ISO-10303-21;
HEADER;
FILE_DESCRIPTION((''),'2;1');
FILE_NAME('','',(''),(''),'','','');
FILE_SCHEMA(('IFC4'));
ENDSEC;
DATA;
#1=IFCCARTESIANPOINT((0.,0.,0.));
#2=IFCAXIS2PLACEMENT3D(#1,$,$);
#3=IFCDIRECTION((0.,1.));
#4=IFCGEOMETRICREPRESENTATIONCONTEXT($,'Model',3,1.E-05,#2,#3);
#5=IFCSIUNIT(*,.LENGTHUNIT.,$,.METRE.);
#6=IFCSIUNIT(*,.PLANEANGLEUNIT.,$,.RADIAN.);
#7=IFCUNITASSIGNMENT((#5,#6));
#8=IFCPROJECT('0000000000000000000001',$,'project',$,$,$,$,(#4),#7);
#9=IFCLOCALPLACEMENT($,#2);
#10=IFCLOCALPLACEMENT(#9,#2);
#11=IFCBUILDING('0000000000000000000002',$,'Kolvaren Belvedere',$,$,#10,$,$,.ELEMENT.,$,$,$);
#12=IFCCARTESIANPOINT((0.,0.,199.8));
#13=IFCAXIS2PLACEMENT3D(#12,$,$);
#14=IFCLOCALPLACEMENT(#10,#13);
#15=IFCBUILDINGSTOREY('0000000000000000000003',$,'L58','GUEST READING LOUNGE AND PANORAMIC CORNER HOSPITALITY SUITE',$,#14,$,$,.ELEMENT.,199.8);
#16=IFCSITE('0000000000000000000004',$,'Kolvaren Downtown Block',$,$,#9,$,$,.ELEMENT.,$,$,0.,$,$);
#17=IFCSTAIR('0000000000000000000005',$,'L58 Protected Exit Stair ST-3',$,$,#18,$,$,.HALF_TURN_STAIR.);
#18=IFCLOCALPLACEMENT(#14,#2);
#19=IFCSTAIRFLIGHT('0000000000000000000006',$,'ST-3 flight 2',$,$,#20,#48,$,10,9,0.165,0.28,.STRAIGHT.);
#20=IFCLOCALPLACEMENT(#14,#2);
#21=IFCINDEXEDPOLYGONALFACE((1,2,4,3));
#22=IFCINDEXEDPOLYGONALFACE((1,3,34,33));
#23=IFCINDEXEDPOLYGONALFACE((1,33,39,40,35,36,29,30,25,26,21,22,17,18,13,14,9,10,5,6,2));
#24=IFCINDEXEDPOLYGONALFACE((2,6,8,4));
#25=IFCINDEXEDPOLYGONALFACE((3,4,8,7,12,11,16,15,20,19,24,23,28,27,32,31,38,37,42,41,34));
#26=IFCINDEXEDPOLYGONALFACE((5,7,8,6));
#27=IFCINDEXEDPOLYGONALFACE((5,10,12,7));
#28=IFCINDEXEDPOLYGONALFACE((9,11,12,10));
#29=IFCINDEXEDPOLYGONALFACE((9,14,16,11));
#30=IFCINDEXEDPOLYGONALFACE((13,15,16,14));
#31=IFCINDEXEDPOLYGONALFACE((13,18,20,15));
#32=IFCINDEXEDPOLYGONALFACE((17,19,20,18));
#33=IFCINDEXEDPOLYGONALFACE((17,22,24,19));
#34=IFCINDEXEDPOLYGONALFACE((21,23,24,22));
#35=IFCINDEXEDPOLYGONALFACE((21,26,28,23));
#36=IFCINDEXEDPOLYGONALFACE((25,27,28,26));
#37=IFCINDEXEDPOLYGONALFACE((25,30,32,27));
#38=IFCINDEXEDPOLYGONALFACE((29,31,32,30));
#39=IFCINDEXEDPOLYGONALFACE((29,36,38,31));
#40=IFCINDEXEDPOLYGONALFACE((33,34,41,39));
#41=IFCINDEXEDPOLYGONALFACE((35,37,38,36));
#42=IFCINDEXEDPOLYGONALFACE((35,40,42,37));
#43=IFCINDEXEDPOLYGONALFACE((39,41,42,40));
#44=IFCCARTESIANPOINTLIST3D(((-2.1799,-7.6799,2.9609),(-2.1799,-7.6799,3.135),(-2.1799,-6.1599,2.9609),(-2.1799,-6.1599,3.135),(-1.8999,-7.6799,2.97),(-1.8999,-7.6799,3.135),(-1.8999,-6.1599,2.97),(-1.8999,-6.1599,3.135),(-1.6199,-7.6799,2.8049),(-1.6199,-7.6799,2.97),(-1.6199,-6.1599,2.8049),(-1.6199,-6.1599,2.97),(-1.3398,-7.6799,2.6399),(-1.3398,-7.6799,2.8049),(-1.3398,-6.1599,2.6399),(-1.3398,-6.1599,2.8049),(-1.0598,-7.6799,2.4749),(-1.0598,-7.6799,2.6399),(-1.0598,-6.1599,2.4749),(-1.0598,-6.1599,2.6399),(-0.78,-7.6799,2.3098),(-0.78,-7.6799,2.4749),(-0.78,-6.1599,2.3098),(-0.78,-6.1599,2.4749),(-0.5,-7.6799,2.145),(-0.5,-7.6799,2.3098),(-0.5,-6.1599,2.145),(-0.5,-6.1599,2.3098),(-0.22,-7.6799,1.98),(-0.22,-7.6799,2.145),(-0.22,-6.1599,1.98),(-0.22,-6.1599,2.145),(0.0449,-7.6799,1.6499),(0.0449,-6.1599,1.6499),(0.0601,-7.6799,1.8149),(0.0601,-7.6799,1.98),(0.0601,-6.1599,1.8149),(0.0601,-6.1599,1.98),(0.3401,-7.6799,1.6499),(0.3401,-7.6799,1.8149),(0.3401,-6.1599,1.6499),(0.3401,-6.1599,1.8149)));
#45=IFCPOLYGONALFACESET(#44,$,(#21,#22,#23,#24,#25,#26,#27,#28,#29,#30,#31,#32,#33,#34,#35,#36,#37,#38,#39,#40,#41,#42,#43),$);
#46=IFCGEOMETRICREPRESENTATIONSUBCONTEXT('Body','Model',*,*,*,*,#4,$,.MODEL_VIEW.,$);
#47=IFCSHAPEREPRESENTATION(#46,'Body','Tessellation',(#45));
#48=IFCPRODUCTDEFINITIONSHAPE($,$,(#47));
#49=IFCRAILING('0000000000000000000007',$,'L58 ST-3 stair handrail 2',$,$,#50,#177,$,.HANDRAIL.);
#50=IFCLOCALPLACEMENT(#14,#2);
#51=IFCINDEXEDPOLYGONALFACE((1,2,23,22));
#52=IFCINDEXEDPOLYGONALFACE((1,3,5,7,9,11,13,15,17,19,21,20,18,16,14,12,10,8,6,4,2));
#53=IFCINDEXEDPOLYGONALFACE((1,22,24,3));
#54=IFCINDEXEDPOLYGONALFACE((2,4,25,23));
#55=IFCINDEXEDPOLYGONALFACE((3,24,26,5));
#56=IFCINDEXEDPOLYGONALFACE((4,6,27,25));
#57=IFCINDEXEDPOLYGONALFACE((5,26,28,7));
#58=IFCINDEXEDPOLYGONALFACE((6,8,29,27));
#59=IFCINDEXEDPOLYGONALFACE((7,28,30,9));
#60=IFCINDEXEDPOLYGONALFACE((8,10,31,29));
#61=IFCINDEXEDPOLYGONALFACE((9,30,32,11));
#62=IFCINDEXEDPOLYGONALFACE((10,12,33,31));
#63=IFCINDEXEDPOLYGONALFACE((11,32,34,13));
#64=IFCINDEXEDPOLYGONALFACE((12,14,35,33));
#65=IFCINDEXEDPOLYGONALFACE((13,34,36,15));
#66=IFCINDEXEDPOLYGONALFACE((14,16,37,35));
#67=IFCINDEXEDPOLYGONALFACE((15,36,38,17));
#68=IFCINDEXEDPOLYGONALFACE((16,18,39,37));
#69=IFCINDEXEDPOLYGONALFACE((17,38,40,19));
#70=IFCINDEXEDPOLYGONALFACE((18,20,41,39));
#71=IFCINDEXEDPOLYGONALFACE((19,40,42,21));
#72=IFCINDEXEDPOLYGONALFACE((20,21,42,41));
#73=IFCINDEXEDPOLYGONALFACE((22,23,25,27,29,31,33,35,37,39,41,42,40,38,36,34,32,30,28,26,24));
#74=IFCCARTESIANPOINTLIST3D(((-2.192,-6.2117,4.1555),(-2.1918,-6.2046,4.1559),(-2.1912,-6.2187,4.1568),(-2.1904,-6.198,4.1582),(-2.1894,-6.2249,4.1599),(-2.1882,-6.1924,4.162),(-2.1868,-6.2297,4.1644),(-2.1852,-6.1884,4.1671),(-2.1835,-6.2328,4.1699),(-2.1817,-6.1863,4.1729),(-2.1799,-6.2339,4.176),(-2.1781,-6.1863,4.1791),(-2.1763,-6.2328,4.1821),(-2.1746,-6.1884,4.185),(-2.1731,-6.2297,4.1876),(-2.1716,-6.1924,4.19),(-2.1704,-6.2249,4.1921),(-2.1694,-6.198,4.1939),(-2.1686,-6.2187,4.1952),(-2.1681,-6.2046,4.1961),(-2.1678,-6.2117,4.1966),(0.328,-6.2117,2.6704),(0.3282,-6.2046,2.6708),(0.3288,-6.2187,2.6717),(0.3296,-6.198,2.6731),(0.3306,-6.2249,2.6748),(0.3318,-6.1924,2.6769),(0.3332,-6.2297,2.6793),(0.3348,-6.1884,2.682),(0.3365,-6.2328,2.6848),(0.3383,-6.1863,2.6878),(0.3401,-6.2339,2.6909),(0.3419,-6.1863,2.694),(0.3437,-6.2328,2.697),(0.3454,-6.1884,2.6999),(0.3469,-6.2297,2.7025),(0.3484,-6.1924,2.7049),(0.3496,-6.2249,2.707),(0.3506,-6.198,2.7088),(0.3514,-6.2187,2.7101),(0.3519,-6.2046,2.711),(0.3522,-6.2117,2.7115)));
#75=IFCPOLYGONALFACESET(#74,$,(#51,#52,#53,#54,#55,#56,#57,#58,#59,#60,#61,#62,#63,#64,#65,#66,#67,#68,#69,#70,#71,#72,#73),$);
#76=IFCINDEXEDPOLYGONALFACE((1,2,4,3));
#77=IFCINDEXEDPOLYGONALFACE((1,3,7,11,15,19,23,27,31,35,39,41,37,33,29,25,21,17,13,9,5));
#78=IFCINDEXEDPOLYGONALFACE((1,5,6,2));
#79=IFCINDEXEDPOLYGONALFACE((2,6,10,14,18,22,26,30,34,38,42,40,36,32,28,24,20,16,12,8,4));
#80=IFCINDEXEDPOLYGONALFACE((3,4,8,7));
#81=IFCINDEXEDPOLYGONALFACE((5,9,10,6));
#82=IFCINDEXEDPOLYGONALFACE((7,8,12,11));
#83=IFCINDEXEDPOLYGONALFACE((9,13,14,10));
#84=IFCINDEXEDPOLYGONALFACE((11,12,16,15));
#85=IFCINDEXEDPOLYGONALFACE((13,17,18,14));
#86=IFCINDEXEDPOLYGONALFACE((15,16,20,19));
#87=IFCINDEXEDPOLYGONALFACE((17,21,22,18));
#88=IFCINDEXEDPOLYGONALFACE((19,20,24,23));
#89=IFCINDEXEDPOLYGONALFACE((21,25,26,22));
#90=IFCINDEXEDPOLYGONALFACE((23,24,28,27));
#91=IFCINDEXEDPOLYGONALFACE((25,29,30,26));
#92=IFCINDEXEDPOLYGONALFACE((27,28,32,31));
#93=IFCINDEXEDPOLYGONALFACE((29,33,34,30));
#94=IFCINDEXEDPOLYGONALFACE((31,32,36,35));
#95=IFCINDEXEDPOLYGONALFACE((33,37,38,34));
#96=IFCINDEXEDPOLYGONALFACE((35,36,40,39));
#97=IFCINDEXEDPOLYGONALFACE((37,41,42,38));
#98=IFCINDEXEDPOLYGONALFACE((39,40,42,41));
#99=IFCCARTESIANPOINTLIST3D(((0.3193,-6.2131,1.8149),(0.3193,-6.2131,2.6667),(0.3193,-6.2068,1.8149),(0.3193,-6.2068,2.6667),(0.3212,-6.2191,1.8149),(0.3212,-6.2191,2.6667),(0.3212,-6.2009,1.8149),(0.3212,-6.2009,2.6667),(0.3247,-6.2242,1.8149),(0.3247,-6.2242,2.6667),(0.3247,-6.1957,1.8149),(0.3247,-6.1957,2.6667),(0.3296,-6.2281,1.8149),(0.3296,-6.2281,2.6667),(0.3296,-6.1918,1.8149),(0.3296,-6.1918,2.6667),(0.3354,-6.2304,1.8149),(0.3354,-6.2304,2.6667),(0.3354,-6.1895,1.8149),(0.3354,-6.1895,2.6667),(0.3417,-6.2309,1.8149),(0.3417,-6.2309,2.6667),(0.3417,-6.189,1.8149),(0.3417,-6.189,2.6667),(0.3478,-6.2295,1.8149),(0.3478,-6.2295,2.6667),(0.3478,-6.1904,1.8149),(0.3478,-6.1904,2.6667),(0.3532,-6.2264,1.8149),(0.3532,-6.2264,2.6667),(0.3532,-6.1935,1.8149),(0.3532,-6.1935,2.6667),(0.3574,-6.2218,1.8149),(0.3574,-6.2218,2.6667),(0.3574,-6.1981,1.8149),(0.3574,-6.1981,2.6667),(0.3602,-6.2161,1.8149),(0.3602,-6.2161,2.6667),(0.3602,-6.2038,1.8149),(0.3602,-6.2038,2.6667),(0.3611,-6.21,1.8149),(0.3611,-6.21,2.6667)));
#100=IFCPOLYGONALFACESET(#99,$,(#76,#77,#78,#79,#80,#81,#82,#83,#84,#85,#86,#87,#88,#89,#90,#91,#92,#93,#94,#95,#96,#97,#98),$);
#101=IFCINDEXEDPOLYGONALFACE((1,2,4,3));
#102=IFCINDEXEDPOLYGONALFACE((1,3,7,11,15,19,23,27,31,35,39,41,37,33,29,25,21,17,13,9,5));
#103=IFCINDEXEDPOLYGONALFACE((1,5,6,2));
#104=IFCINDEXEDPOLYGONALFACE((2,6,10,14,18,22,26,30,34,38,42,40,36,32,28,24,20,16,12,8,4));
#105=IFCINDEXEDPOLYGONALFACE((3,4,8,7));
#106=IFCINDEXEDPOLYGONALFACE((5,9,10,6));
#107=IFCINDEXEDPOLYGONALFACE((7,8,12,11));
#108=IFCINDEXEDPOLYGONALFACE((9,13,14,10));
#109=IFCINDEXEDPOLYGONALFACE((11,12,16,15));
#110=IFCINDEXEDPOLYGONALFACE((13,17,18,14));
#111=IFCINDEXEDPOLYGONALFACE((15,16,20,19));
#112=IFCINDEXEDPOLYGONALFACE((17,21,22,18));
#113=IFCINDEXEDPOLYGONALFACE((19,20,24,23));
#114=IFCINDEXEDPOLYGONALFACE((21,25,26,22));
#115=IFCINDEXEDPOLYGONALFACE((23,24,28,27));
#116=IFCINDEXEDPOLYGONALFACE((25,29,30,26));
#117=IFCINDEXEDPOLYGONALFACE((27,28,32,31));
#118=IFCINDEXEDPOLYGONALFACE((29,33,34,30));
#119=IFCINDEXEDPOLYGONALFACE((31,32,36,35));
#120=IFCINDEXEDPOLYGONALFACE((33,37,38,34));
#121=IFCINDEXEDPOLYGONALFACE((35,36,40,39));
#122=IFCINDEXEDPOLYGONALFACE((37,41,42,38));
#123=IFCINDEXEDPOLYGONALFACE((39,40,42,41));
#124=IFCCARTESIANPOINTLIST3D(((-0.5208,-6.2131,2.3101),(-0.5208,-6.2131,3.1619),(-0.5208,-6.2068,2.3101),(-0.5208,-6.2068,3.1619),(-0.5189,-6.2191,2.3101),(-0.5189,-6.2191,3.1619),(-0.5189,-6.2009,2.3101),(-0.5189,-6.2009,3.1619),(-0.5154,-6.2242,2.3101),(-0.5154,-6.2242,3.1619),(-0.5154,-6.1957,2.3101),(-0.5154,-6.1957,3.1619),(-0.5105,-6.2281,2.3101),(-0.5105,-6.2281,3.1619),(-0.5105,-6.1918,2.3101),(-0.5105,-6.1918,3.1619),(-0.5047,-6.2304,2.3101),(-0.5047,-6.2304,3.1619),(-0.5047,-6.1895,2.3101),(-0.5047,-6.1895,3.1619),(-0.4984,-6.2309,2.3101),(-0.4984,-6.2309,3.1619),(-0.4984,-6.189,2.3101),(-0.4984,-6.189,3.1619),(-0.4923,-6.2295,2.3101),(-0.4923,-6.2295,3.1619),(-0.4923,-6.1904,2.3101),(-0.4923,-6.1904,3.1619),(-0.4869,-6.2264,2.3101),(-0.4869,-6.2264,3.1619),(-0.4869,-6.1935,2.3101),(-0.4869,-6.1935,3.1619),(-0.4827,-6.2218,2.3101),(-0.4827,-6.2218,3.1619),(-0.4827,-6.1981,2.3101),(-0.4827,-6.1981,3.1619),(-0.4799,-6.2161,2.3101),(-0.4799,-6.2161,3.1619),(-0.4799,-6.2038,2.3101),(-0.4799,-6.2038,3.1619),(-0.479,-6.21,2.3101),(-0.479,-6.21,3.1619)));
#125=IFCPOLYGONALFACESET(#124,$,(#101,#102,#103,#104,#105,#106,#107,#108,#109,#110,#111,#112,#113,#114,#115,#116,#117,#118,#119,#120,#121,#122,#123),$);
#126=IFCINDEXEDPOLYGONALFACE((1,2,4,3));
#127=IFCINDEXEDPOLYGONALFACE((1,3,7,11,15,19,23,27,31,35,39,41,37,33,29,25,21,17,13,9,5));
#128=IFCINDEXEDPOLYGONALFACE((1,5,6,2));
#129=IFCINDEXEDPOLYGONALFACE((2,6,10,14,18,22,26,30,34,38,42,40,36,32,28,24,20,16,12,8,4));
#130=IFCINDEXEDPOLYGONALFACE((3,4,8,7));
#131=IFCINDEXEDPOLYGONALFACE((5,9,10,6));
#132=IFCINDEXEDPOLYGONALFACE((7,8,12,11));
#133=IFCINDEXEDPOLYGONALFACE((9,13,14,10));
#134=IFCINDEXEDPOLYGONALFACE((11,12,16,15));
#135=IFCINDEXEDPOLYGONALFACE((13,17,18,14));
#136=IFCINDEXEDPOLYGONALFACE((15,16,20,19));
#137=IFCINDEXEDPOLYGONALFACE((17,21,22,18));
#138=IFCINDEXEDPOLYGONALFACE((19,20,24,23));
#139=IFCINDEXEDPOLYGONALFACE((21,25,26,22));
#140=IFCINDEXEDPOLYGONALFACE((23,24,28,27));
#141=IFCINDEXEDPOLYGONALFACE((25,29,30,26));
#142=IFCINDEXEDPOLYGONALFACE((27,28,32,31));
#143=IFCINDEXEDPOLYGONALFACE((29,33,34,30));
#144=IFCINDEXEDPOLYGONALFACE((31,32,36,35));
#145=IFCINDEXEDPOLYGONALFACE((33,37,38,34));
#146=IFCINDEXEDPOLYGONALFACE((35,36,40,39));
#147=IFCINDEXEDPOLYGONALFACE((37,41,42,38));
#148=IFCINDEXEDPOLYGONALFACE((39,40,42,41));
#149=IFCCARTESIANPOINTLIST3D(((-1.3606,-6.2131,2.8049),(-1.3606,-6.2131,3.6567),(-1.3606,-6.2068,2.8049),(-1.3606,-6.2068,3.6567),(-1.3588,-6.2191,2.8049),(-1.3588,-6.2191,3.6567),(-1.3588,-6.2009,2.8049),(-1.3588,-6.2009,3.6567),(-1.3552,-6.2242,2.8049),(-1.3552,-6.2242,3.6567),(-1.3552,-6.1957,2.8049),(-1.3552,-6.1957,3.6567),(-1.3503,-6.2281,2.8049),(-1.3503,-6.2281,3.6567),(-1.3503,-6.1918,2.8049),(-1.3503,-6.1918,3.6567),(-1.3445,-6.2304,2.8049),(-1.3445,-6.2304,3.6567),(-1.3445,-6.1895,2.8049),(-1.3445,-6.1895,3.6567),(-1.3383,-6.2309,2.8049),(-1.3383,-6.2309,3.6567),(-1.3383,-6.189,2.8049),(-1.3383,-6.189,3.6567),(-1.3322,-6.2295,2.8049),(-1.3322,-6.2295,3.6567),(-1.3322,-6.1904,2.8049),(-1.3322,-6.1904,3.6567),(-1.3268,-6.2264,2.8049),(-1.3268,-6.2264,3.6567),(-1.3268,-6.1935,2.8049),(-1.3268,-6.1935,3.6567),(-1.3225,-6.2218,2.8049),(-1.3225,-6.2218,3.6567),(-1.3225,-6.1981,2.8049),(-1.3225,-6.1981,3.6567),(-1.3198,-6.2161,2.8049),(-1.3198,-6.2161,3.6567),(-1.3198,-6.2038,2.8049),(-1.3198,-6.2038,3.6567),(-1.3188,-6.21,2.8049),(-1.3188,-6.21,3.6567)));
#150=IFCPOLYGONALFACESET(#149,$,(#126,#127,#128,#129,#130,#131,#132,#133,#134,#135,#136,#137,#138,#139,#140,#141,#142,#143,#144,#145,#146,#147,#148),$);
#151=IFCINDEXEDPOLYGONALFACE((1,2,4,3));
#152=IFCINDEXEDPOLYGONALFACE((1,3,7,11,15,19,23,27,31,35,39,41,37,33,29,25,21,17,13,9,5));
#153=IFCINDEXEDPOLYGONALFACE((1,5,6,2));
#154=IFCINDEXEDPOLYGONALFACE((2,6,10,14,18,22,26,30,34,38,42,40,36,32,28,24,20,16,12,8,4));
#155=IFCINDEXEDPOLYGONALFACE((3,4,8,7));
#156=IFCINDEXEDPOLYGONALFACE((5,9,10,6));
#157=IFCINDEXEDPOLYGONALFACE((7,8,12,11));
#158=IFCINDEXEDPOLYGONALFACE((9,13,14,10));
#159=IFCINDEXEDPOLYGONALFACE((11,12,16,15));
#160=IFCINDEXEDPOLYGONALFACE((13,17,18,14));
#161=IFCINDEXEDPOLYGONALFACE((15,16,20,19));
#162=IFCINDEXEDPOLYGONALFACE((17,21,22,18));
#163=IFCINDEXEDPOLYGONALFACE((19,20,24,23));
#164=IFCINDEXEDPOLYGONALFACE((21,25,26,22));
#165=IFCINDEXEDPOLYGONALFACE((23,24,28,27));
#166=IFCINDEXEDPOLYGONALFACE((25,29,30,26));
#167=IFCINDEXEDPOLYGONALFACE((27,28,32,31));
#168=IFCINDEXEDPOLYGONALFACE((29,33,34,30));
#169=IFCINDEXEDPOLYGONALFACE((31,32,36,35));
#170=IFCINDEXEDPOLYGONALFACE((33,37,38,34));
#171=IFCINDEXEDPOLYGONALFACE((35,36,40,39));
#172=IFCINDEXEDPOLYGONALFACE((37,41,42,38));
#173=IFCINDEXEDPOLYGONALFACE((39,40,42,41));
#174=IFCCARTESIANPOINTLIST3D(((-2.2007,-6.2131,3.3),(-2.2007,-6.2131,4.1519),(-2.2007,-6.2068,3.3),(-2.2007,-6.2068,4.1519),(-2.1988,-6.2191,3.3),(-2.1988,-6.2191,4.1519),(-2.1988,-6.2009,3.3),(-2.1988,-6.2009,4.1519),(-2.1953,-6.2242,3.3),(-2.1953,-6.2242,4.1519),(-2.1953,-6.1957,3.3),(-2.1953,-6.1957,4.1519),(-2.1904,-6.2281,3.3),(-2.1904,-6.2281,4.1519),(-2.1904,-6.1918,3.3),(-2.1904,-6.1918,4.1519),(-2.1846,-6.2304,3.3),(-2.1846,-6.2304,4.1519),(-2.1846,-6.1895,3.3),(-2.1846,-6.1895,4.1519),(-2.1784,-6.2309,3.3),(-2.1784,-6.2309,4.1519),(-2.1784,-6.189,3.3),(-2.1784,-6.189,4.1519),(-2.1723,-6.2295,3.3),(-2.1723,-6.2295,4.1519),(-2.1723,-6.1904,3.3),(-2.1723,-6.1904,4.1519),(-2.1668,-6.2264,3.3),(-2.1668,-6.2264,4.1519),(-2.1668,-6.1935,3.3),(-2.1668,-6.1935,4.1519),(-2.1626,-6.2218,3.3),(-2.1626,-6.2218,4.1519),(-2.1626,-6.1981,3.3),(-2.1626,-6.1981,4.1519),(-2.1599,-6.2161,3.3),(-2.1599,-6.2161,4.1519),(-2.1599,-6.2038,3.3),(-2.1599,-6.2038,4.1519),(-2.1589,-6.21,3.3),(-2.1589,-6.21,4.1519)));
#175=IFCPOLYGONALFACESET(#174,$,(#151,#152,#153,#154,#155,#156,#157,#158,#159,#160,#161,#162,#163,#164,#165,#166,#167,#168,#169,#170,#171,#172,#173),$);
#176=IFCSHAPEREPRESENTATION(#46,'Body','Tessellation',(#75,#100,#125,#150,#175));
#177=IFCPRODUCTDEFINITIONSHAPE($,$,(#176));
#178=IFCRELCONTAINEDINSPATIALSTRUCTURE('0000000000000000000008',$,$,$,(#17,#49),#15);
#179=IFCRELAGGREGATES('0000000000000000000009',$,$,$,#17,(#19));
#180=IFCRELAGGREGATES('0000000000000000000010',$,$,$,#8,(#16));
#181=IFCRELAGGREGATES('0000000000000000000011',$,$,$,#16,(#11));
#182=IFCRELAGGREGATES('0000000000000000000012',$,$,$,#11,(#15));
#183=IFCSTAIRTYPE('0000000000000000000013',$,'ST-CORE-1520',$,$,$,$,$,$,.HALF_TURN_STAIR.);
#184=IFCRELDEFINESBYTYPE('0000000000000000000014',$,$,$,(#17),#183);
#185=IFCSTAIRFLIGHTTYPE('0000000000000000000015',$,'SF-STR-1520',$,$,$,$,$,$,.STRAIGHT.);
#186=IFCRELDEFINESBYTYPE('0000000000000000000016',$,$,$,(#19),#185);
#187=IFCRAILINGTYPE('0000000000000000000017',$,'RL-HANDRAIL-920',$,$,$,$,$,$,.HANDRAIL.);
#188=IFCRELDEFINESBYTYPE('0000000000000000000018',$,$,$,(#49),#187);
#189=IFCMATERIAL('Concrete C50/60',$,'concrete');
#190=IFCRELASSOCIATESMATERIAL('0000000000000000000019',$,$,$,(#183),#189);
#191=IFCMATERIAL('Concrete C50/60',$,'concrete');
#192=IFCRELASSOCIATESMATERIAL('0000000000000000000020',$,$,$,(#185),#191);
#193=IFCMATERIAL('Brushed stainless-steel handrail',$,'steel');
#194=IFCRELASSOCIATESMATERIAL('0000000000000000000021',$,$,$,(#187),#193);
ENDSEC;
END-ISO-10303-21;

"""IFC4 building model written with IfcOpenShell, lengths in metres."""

from ifc_helpers import new_model, si_unit, direction, frame, origin, origin_2d, place, context, subcontext, project, spatial, polyline, circle, outline, extrude, material, type_object, element, aggregate, save


model = new_model("IFC4")

# Units and contexts
model_context = context("Model", 3, precision=1e-05, world=origin(), true_north=direction((0.0, 1.0)))
body_context = subcontext(model_context, "Body", "Model", "MODEL_VIEW")
ifc_project = project(units=[si_unit("LENGTHUNIT", "METRE"), si_unit("PLANEANGLEUNIT", "RADIAN")], contexts=[model_context])

# Site, building, storey
site_placement = place(None, origin())
site = spatial("IfcSite", under=ifc_project, at=site_placement, Name="Kolvaren Downtown Block", CompositionType="ELEMENT", RefElevation=0.0)
building_placement = place(site_placement, origin())
building = spatial("IfcBuilding", under=site, at=building_placement, Name="Kolvaren Belvedere", CompositionType="ELEMENT")
storey_placement = place(building_placement, frame((0.0, 0.0, 199.8)))
storey = spatial("IfcBuildingStorey", under=building, at=storey_placement, Name="L58", Description="GUEST READING LOUNGE AND PANORAMIC CORNER HOSPITALITY SUITE", CompositionType="ELEMENT", Elevation=199.8)

# Stair, stair flight
ifc_material_1 = material(Name="Concrete C50/60", Category="concrete")
stair_type = type_object("IfcStairType", Name="ST-CORE-1520", PredefinedType="HALF_TURN_STAIR", material=ifc_material_1)
stair_placement = place(storey_placement, origin())
stair = element("IfcStair", 1, at=stair_placement, inside=storey, type_object=stair_type, Name="L58 Protected Exit Stair ST-3", PredefinedType="HALF_TURN_STAIR")
ifc_material_2 = material(Name="Concrete C50/60", Category="concrete")
stair_flight_type = type_object("IfcStairFlightType", Name="SF-STR-1520", PredefinedType="STRAIGHT", material=ifc_material_2)
stair_flight_placement = place(storey_placement, frame((0.3401, -6.9199, 1.6499), z_axis=(0.0, 0.0, 1.0), x_axis=(-1.0, 0.0, 0.0)))
stair_flight = element("IfcStairFlight", 2, at=stair_flight_placement, type_object=stair_flight_type, Name="ST-3 flight 2", NumberOfRisers=10, NumberOfTreads=9, PredefinedType="STRAIGHT", RiserHeight=0.165, TreadLength=0.28, context=body_context, shape_type="SweptSolid", body=[
    extrude(outline(polyline([(0.0, 0.0), (0.0, 0.165), (0.28, 0.165), (0.28, 0.3301), (0.5601, 0.3301), (0.5601, 0.4951), (0.8401, 0.4951), (0.8401, 0.6599), (1.1201, 0.6599), (1.1201, 0.825), (1.3999, 0.825), (1.3999, 0.99), (1.6799, 0.99), (1.6799, 1.155), (1.96, 1.155), (1.96, 1.3201), (2.24, 1.3201), (2.24, 1.4851), (2.52, 1.4851), (2.52, 1.6499), (2.52, 1.311), (0.2952, 0.0), (0.0, 0.0)])), frame((0.0, 0.76, 0.0), z_axis=(0.0, -1.0, 0.0), x_axis=(1.0, 0.0, 0.0)), (0.0, 0.0, 1.0), 1.52),
])
aggregate(stair, [stair_flight])

# Railing
ifc_material_3 = material(Name="Brushed stainless-steel handrail", Category="steel")
railing_type_1 = type_object("IfcRailingType", Name="RL-HANDRAIL-920", PredefinedType="HANDRAIL", material=ifc_material_3)
railing_1_placement = place(storey_placement, frame((0.3401, -6.21, 1.8149)))
element("IfcRailing", 3, at=railing_1_placement, inside=storey, type_object=railing_type_1, Name="L58 ST-3 stair handrail 2", PredefinedType="HANDRAIL", context=body_context, shape_type="SweptSolid", body=[
    extrude(circle(Radius=0.0239, at=origin_2d()), frame((0.0, 0.0, 0.876), z_axis=(-0.861524, 0.0, 0.507717), x_axis=(0.0, -1.0, 0.0)), (0.0, 0.0, 1.0), 2.925),
    extrude(circle(Radius=0.021, at=origin_2d()), origin(), (0.0, 0.0, 1.0), 0.8518),
    extrude(circle(Radius=0.021, at=origin_2d()), frame((-0.8401, 0.0, 0.4951)), (0.0, 0.0, 1.0), 0.8518),
    extrude(circle(Radius=0.021, at=origin_2d()), frame((-1.6799, 0.0, 0.99)), (0.0, 0.0, 1.0), 0.8518),
    extrude(circle(Radius=0.021, at=origin_2d()), frame((-2.52, 0.0, 1.4851)), (0.0, 0.0, 1.0), 0.8518),
])

save(model, "model.ifc")
